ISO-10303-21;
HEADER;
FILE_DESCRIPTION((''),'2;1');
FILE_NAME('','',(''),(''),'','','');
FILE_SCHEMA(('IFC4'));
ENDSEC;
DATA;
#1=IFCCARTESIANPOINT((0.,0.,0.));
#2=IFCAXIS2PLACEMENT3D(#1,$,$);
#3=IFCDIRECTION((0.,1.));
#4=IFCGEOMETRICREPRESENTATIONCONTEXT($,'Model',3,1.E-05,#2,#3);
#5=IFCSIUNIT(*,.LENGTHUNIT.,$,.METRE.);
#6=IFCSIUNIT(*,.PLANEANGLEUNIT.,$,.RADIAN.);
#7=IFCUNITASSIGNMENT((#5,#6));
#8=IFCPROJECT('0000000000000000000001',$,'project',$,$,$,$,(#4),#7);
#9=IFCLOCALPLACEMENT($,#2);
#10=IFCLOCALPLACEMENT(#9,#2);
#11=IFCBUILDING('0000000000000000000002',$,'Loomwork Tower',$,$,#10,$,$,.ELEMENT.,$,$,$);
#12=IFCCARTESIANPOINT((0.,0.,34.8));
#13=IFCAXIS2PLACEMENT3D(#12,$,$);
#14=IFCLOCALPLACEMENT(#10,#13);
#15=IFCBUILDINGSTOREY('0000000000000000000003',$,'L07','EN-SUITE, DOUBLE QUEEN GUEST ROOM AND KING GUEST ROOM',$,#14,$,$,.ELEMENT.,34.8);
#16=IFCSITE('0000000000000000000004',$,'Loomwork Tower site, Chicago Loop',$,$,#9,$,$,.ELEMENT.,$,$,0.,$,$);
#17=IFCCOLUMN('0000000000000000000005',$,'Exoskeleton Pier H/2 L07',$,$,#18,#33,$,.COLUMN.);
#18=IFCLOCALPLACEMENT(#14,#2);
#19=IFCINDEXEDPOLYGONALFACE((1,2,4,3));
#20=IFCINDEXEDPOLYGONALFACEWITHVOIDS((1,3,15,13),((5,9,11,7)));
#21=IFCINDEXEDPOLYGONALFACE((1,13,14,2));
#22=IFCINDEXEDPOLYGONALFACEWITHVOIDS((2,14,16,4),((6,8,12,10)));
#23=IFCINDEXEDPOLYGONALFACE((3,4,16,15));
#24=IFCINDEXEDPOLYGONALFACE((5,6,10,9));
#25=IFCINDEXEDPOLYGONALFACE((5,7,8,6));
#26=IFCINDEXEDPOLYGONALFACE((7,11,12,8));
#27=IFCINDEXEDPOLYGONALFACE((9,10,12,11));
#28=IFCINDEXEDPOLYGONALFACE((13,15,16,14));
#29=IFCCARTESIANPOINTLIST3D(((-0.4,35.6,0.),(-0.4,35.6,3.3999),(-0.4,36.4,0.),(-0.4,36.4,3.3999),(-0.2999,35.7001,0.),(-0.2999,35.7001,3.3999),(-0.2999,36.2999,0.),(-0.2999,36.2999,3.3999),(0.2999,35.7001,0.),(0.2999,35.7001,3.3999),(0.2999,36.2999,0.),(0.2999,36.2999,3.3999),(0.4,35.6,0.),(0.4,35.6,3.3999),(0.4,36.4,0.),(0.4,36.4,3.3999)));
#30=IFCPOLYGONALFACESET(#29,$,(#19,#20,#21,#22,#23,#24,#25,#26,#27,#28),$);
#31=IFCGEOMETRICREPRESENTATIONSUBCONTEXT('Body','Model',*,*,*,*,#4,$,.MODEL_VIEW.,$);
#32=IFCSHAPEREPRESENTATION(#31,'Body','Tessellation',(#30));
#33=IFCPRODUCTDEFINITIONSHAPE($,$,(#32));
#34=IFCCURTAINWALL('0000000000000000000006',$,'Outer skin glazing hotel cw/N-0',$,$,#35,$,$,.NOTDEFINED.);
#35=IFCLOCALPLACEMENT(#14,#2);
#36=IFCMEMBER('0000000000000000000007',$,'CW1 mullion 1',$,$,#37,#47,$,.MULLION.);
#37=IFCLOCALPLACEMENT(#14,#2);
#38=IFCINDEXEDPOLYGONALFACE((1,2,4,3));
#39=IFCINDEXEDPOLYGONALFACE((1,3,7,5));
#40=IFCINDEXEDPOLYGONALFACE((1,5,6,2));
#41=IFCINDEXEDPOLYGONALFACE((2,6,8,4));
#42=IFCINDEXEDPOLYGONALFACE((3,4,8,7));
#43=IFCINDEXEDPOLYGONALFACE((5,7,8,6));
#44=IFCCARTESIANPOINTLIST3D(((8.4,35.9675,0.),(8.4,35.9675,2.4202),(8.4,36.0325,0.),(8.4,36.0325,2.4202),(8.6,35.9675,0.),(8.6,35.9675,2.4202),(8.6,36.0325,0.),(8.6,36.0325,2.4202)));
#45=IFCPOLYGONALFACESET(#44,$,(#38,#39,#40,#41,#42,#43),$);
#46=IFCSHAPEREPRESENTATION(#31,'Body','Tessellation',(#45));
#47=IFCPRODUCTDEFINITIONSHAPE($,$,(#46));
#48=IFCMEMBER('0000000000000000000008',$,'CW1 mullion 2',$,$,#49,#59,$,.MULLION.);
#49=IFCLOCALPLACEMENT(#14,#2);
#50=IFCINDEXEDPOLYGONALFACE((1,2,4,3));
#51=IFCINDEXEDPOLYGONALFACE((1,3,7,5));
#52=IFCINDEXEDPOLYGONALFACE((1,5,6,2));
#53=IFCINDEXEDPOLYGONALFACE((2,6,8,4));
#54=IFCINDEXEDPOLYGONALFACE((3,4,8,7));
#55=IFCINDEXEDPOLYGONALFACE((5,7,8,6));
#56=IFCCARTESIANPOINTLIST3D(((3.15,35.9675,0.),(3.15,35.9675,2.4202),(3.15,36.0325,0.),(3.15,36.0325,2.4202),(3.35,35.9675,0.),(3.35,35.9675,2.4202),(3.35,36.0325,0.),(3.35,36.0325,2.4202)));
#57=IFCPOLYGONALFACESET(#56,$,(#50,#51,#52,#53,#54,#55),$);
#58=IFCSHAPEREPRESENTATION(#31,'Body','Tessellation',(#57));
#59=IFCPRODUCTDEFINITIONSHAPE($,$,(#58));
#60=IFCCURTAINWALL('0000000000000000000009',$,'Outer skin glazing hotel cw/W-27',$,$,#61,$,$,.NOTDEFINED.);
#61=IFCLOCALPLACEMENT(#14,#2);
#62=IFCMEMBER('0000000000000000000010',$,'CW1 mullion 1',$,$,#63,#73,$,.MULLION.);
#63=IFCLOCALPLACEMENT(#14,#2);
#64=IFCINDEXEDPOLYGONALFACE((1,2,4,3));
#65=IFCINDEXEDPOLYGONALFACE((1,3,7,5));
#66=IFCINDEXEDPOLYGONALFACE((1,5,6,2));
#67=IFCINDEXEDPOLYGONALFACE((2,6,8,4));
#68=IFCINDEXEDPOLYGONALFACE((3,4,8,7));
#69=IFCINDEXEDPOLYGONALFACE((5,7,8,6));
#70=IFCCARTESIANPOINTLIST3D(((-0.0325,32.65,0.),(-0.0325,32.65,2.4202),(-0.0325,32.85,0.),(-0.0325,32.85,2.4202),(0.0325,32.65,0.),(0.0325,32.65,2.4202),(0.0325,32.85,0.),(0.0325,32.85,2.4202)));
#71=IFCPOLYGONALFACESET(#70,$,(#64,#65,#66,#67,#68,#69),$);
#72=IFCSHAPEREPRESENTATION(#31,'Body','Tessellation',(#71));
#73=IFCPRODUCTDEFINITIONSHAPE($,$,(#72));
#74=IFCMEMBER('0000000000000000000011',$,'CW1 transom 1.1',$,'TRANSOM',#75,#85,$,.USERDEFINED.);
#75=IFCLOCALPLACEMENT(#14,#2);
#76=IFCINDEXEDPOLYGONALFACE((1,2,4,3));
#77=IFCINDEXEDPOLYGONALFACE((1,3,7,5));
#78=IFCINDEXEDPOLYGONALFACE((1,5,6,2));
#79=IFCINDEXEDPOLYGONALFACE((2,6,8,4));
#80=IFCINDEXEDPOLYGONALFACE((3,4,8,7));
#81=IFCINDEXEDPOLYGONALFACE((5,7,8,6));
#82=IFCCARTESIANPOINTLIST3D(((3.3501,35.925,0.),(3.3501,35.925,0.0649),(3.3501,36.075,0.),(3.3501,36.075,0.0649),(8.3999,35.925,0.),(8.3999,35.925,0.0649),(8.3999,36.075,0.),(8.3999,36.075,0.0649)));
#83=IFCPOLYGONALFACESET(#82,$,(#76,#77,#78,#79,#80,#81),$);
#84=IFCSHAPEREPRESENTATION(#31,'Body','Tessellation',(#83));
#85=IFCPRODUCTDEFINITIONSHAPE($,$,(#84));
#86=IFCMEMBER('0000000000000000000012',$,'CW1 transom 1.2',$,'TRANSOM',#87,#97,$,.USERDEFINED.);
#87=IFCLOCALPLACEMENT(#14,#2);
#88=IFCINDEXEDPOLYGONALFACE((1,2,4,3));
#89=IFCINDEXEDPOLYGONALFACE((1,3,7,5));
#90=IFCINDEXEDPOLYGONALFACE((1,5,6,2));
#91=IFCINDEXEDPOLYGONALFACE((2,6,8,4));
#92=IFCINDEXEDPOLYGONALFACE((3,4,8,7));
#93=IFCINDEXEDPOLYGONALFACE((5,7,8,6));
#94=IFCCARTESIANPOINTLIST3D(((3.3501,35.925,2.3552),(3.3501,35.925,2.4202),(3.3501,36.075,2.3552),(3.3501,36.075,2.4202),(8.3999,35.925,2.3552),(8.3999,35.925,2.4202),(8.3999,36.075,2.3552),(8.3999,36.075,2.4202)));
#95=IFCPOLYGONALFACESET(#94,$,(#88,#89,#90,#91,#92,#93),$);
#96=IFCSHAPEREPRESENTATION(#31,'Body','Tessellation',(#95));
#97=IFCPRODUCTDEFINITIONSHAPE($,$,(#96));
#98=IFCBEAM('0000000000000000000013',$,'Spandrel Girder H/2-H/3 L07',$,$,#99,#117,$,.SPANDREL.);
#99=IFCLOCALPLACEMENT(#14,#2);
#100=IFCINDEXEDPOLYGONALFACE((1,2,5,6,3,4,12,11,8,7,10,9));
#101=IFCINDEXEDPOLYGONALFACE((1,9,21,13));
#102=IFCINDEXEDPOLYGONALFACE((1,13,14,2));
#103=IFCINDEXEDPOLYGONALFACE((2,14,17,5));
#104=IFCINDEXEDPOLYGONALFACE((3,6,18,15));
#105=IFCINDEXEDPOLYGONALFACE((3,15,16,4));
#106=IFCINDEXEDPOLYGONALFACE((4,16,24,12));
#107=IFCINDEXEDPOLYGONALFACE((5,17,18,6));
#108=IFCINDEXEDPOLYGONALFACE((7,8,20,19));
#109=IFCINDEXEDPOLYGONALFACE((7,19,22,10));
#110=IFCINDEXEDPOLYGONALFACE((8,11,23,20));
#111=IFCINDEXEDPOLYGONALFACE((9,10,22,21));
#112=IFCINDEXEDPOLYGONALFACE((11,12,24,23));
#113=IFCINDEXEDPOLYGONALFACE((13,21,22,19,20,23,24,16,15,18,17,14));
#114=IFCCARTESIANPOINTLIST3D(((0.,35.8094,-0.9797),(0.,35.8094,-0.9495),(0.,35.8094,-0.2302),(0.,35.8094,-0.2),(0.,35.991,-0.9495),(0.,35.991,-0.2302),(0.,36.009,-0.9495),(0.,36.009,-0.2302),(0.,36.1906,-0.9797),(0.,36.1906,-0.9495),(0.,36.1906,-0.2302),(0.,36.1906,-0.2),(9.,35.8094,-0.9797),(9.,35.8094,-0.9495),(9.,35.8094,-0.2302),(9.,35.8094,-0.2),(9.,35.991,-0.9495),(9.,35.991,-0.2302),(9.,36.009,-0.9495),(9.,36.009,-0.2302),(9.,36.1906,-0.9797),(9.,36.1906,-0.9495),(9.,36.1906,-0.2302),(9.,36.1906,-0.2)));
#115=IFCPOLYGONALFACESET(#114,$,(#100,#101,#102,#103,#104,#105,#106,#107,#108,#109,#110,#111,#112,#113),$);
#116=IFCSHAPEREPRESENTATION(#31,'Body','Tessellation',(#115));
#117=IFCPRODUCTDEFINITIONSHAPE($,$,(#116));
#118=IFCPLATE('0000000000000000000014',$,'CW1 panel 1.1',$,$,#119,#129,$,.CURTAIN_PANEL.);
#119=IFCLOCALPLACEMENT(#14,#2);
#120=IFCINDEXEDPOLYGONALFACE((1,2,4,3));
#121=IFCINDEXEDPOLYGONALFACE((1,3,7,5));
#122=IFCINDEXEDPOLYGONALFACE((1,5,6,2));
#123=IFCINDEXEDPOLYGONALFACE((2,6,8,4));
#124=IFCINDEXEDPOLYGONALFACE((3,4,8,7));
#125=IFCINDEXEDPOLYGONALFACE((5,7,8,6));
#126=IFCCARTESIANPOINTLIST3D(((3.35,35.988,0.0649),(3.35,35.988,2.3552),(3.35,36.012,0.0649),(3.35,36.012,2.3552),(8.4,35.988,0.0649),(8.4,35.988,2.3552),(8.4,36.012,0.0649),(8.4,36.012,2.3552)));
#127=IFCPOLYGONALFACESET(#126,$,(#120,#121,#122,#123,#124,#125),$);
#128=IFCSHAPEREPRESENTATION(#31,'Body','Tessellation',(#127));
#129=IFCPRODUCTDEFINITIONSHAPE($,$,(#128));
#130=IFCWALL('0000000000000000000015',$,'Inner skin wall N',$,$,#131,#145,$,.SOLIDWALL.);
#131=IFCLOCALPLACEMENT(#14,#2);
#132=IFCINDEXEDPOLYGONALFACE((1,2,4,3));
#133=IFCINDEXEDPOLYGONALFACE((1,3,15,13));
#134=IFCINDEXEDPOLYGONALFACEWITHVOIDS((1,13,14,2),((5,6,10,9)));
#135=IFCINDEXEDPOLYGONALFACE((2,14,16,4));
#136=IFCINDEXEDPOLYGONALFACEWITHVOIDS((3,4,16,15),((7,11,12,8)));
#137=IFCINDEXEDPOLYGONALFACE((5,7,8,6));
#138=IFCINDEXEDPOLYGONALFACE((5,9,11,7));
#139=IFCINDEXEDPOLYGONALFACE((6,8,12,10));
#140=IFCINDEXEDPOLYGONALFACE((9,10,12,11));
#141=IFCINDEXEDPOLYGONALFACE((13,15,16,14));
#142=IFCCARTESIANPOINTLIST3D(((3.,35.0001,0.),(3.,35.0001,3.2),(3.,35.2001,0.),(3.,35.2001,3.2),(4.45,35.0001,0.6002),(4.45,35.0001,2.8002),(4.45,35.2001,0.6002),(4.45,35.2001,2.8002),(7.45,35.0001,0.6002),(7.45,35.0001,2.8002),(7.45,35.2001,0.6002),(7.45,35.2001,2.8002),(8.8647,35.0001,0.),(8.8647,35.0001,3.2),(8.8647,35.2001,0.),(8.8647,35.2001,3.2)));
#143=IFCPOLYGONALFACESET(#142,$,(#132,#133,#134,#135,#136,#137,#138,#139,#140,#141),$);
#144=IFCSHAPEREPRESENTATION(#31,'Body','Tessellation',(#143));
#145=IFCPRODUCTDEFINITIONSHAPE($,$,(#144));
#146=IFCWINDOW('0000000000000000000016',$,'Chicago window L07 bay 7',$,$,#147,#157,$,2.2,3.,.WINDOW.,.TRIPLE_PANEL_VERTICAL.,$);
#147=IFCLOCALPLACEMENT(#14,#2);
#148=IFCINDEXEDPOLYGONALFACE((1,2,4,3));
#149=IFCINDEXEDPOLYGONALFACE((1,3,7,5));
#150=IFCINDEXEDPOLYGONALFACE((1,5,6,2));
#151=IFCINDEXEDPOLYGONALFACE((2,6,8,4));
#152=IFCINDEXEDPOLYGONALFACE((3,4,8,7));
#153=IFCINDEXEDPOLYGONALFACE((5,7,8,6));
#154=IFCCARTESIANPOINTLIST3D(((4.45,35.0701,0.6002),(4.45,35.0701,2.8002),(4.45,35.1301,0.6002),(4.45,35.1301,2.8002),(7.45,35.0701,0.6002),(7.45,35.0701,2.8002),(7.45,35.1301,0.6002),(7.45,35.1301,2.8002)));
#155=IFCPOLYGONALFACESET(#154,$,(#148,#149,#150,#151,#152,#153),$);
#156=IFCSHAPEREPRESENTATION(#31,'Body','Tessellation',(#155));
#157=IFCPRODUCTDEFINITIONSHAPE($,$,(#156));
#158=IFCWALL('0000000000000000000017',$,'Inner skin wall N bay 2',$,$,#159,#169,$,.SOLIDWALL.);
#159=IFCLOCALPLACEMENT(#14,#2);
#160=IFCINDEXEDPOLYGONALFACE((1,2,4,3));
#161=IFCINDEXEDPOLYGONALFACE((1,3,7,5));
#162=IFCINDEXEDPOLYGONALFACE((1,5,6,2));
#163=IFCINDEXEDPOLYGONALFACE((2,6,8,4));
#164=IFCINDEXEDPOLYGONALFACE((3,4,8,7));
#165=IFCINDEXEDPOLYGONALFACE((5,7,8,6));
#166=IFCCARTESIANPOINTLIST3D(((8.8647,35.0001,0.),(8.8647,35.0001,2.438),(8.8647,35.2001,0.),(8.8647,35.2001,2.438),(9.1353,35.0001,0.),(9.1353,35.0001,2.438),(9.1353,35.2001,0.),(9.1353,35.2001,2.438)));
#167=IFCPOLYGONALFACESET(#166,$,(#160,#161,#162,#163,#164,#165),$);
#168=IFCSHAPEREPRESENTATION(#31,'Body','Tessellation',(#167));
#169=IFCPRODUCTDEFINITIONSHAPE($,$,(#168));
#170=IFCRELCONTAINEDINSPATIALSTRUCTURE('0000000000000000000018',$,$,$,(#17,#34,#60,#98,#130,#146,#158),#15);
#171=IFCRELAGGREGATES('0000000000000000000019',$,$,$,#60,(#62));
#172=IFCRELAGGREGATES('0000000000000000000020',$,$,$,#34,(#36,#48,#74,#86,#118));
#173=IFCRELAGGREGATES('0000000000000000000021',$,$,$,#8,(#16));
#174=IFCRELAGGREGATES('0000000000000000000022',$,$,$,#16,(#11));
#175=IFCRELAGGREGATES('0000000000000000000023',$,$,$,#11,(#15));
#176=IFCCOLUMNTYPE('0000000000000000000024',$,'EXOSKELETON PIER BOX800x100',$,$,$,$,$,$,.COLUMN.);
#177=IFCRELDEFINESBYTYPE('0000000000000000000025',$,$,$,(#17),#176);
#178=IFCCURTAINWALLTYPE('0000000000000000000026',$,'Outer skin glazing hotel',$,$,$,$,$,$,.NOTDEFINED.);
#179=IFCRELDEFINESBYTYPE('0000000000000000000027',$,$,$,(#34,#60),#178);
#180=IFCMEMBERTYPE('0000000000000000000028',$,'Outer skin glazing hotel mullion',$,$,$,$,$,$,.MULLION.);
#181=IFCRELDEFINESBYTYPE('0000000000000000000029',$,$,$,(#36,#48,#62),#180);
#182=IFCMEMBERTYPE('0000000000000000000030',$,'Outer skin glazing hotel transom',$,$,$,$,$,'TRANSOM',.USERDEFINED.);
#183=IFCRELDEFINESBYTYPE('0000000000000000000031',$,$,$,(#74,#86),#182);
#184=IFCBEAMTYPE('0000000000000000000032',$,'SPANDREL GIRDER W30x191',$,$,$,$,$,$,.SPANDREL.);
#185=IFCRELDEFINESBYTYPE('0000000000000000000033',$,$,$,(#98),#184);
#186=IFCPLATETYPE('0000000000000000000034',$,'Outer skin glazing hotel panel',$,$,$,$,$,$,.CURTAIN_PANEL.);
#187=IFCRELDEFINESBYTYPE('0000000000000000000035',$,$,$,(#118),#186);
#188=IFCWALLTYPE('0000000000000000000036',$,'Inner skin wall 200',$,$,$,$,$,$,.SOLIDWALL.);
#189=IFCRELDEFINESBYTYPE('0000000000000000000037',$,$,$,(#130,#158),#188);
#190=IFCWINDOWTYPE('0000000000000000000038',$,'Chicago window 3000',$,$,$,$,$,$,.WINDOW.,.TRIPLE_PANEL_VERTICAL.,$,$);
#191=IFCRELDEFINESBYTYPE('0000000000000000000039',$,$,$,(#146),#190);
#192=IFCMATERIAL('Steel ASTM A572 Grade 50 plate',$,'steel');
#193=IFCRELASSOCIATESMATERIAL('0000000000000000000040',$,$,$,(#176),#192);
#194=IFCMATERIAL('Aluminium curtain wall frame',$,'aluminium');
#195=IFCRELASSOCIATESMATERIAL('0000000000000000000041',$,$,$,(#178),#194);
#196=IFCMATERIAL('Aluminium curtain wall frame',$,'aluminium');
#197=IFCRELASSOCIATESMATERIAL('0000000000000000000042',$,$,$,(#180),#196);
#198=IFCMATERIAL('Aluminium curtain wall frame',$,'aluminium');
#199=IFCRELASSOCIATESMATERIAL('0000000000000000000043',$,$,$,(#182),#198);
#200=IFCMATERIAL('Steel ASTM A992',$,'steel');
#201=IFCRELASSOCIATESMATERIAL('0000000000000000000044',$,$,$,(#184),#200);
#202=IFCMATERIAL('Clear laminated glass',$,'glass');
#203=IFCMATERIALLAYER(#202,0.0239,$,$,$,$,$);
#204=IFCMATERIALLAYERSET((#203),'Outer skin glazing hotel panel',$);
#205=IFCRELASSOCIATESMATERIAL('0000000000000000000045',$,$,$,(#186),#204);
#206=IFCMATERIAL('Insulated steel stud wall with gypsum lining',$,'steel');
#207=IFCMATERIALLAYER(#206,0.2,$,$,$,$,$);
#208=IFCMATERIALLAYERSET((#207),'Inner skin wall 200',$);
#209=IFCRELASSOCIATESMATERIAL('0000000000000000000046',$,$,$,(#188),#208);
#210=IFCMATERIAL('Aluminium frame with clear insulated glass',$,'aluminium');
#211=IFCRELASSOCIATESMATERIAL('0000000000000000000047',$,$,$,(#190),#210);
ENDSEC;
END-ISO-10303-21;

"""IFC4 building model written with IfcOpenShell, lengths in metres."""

from ifc_helpers import new_model, si_unit, direction, frame, frame_2d, origin, origin_2d, place, context, subcontext, project, spatial, rectangle, hollow_rectangle, i_section, extrude, material, layer, layer_set, material_profile, profile_set, type_object, element, fill, aggregate, save


model = new_model("IFC4")

# Units and contexts
model_context = context("Model", 3, precision=1e-05, world=origin(), true_north=direction((0.0, 1.0)))
body_context = subcontext(model_context, "Body", "Model", "MODEL_VIEW")
ifc_project = project(units=[si_unit("LENGTHUNIT", "METRE"), si_unit("PLANEANGLEUNIT", "RADIAN")], contexts=[model_context])

# Site, building, storey
site_placement = place(None, origin())
site = spatial("IfcSite", under=ifc_project, at=site_placement, Name="Loomwork Tower site, Chicago Loop", CompositionType="ELEMENT", RefElevation=0.0)
building_placement = place(site_placement, origin())
building = spatial("IfcBuilding", under=site, at=building_placement, Name="Loomwork Tower", CompositionType="ELEMENT")
storey_placement = place(building_placement, frame((0.0, 0.0, 34.8)))
storey = spatial("IfcBuildingStorey", under=building, at=storey_placement, Name="L07", Description="EN-SUITE, DOUBLE QUEEN GUEST ROOM AND KING GUEST ROOM", CompositionType="ELEMENT", Elevation=34.8)

# Column
ifc_material_1 = material(Name="Steel ASTM A572 Grade 50 plate", Category="steel")
ifc_material_profile_1 = material_profile(ifc_material_1, hollow_rectangle(XDim=0.8, YDim=0.8, WallThickness=0.1001, at=origin_2d()), Name="BOX800x100")
ifc_profile_set_1 = profile_set([ifc_material_profile_1], Name="Steel ASTM A572 Grade 50 plate")
column_type = type_object("IfcColumnType", Name="EXOSKELETON PIER BOX800x100", PredefinedType="COLUMN", material=ifc_profile_set_1)
column_placement = place(storey_placement, frame((0.0, 36.0, 0.0), z_axis=(0.0, 0.0, 1.0), x_axis=(1.0, 0.0, 0.0)))
element("IfcColumn", 1, at=column_placement, inside=storey, type_object=column_type, Name="Exoskeleton Pier H/2 L07", PredefinedType="COLUMN", context=body_context, shape_type="SweptSolid", body=[
    extrude(hollow_rectangle(XDim=0.8, YDim=0.8, WallThickness=0.1001, at=origin_2d()), origin(), (0.0, 0.0, 1.0), 3.3999),
])

# Curtain wall, members
ifc_material_2 = material(Name="Aluminium curtain wall frame", Category="aluminium")
curtain_wall_type = type_object("IfcCurtainWallType", Name="Outer skin glazing hotel", PredefinedType="NOTDEFINED", material=ifc_material_2)
curtain_wall_1_placement = place(storey_placement, origin())
curtain_wall_1 = element("IfcCurtainWall", 2, at=curtain_wall_1_placement, inside=storey, type_object=curtain_wall_type, Name="Outer skin glazing hotel cw/N-0", PredefinedType="NOTDEFINED")
ifc_material_3 = material(Name="Aluminium curtain wall frame", Category="aluminium")
ifc_material_profile_2 = material_profile(ifc_material_3, rectangle(XDim=0.0649, YDim=0.2, at=origin_2d()), Name="AL 65x200")
ifc_profile_set_2 = profile_set([ifc_material_profile_2], Name="Aluminium curtain wall frame")
member_type_1 = type_object("IfcMemberType", Name="Outer skin glazing hotel mullion", PredefinedType="MULLION", material=ifc_profile_set_2)
member_1_placement = place(storey_placement, frame((8.5, 36.0, 0.0), z_axis=(0.0, 0.0, 1.0), x_axis=(0.0, -1.0, 0.0)))
member_1 = element("IfcMember", 3, at=member_1_placement, type_object=member_type_1, Name="CW1 mullion 1", PredefinedType="MULLION", context=body_context, shape_type="SweptSolid", body=[
    extrude(rectangle(XDim=0.0649, YDim=0.2, at=origin_2d()), origin(), (0.0, 0.0, 1.0), 2.4202),
])
member_2_placement = place(storey_placement, frame((3.25, 36.0, 0.0), z_axis=(0.0, 0.0, 1.0), x_axis=(0.0, -1.0, 0.0)))
member_2 = element("IfcMember", 4, at=member_2_placement, type_object=member_type_1, Name="CW1 mullion 2", PredefinedType="MULLION", context=body_context, shape_type="SweptSolid", body=[
    extrude(rectangle(XDim=0.0649, YDim=0.2, at=origin_2d()), origin(), (0.0, 0.0, 1.0), 2.4202),
])

# Curtain wall, member
curtain_wall_2_placement = place(storey_placement, origin())
curtain_wall_2 = element("IfcCurtainWall", 5, at=curtain_wall_2_placement, inside=storey, type_object=curtain_wall_type, Name="Outer skin glazing hotel cw/W-27", PredefinedType="NOTDEFINED")
member_3_placement = place(storey_placement, frame((0.0, 32.75, 0.0), z_axis=(0.0, 0.0, 1.0), x_axis=(1.0, 0.0, 0.0)))
member_3 = element("IfcMember", 6, at=member_3_placement, type_object=member_type_1, Name="CW1 mullion 1", PredefinedType="MULLION", context=body_context, shape_type="SweptSolid", body=[
    extrude(rectangle(XDim=0.0649, YDim=0.2, at=origin_2d()), origin(), (0.0, 0.0, 1.0), 2.4202),
])
aggregate(curtain_wall_2, [member_3])

# Members
ifc_material_4 = material(Name="Aluminium curtain wall frame", Category="aluminium")
ifc_material_profile_3 = material_profile(ifc_material_4, rectangle(XDim=0.1499, YDim=0.0649, at=origin_2d()), Name="AL 65x150")
ifc_profile_set_3 = profile_set([ifc_material_profile_3], Name="Aluminium curtain wall frame")
member_type_2 = type_object("IfcMemberType", Name="Outer skin glazing hotel transom", ElementType="TRANSOM", PredefinedType="USERDEFINED", material=ifc_profile_set_3)
member_4_placement = place(storey_placement, frame((8.3999, 36.0, 0.0325), z_axis=(-1.0, 0.0, 0.0), x_axis=(0.0, -1.0, 0.0)))
member_4 = element("IfcMember", 7, at=member_4_placement, type_object=member_type_2, Name="CW1 transom 1.1", ObjectType="TRANSOM", PredefinedType="USERDEFINED", context=body_context, shape_type="SweptSolid", body=[
    extrude(rectangle(XDim=0.1499, YDim=0.0649, at=origin_2d()), origin(), (0.0, 0.0, 1.0), 5.0498),
])
member_5_placement = place(storey_placement, frame((8.3999, 36.0, 2.3877), z_axis=(-1.0, 0.0, 0.0), x_axis=(0.0, -1.0, 0.0)))
member_5 = element("IfcMember", 8, at=member_5_placement, type_object=member_type_2, Name="CW1 transom 1.2", ObjectType="TRANSOM", PredefinedType="USERDEFINED", context=body_context, shape_type="SweptSolid", body=[
    extrude(rectangle(XDim=0.1499, YDim=0.0649, at=origin_2d()), origin(), (0.0, 0.0, 1.0), 5.0498),
])

# Beam
ifc_material_5 = material(Name="Steel ASTM A992", Category="steel")
ifc_material_profile_4 = material_profile(ifc_material_5, i_section(OverallWidth=0.3811, OverallDepth=0.7798, WebThickness=0.0181, FlangeThickness=0.0303, at=origin_2d()), Name="W30x191")
ifc_profile_set_4 = profile_set([ifc_material_profile_4], Name="Steel ASTM A992")
beam_type = type_object("IfcBeamType", Name="SPANDREL GIRDER W30x191", PredefinedType="SPANDREL", material=ifc_profile_set_4)
beam_placement = place(storey_placement, frame((0.0, 36.0, -0.5898), z_axis=(1.0, 0.0, 0.0), x_axis=(0.0, 1.0, 0.0)))
element("IfcBeam", 9, at=beam_placement, inside=storey, type_object=beam_type, Name="Spandrel Girder H/2-H/3 L07", PredefinedType="SPANDREL", context=body_context, shape_type="SweptSolid", body=[
    extrude(i_section(OverallWidth=0.3811, OverallDepth=0.7798, WebThickness=0.0181, FlangeThickness=0.0303, at=origin_2d()), origin(), (0.0, 0.0, 1.0), 9.0),
])

# Plate
ifc_material_6 = material(Name="Clear laminated glass", Category="glass")
ifc_layer_1 = layer(ifc_material_6, 0.0239)
ifc_layer_set_1 = layer_set([ifc_layer_1], Name="Outer skin glazing hotel panel")
plate_type = type_object("IfcPlateType", Name="Outer skin glazing hotel panel", PredefinedType="CURTAIN_PANEL", material=ifc_layer_set_1)
plate_placement = place(storey_placement, frame((5.875, 36.0, 0.0649), z_axis=(0.0, 0.0, 1.0), x_axis=(-1.0, 0.0, 0.0)))
plate = element("IfcPlate", 10, at=plate_placement, type_object=plate_type, Name="CW1 panel 1.1", PredefinedType="CURTAIN_PANEL", context=body_context, shape_type="SweptSolid", body=[
    extrude(rectangle(XDim=5.05, YDim=0.0239, at=origin_2d()), origin(), (0.0, 0.0, 1.0), 2.2903),
])
aggregate(curtain_wall_1, [member_1, member_2, member_4, member_5, plate])

# Wall, opening, window
ifc_material_7 = material(Name="Insulated steel stud wall with gypsum lining", Category="steel")
ifc_layer_2 = layer(ifc_material_7, 0.2)
ifc_layer_set_2 = layer_set([ifc_layer_2], Name="Inner skin wall 200")
wall_type_1 = type_object("IfcWallType", Name="Inner skin wall 200", PredefinedType="SOLIDWALL", material=ifc_layer_set_2)
wall_1_placement = place(storey_placement, frame((3.0, 35.1001, 0.0), z_axis=(0.0, 0.0, 1.0), x_axis=(1.0, 0.0, 0.0)))
wall_1 = element("IfcWall", 11, at=wall_1_placement, inside=storey, type_object=wall_type_1, Name="Inner skin wall N", PredefinedType="SOLIDWALL", context=body_context, shape_type="SweptSolid", body=[
    extrude(rectangle(XDim=5.8647, YDim=0.2, at=frame_2d((2.9324, 0.0))), origin(), (0.0, 0.0, 1.0), 3.2),
])
opening_1_placement = place(wall_1_placement, frame((1.45, 0.0, 0.6001)))
opening_1 = element("IfcOpeningElement", 12, at=opening_1_placement, cuts=wall_1, PredefinedType="OPENING", context=body_context, shape_type="SweptSolid", body=[
    extrude(rectangle(XDim=3.0, YDim=2.2, at=frame_2d((1.5, 1.1001))), frame((0.0, 0.1099, 0.0), z_axis=(0.0, -1.0, 0.0), x_axis=(1.0, 0.0, 0.0)), (0.0, 0.0, 1.0), 0.22),
])
ifc_material_8 = material(Name="Aluminium frame with clear insulated glass", Category="aluminium")
window_type_1 = type_object("IfcWindowType", Name="Chicago window 3000", PartitioningType="TRIPLE_PANEL_VERTICAL", PredefinedType="WINDOW", material=ifc_material_8)
window_1_placement = place(opening_1_placement, origin())
window_1 = element("IfcWindow", 13, at=window_1_placement, inside=storey, type_object=window_type_1, Name="Chicago window L07 bay 7", OverallHeight=2.2, OverallWidth=3.0, PartitioningType="TRIPLE_PANEL_VERTICAL", PredefinedType="WINDOW", context=body_context, shape_type="SweptSolid", body=[
    extrude(rectangle(XDim=3.0, YDim=2.2, at=frame_2d((1.5, 1.1001))), frame((0.0, 0.03, 0.0), z_axis=(0.0, -1.0, 0.0), x_axis=(1.0, 0.0, 0.0)), (0.0, 0.0, 1.0), 0.0601),
])
fill(opening_1, window_1)

# Wall
wall_2_placement = place(storey_placement, frame((8.8647, 35.1001, 0.0), z_axis=(0.0, 0.0, 1.0), x_axis=(1.0, 0.0, 0.0)))
element("IfcWall", 14, at=wall_2_placement, inside=storey, type_object=wall_type_1, Name="Inner skin wall N bay 2", PredefinedType="SOLIDWALL", context=body_context, shape_type="SweptSolid", body=[
    extrude(rectangle(XDim=0.2705, YDim=0.2, at=frame_2d((0.1353, 0.0))), origin(), (0.0, 0.0, 1.0), 2.438),
])

save(model, "model.ifc")
